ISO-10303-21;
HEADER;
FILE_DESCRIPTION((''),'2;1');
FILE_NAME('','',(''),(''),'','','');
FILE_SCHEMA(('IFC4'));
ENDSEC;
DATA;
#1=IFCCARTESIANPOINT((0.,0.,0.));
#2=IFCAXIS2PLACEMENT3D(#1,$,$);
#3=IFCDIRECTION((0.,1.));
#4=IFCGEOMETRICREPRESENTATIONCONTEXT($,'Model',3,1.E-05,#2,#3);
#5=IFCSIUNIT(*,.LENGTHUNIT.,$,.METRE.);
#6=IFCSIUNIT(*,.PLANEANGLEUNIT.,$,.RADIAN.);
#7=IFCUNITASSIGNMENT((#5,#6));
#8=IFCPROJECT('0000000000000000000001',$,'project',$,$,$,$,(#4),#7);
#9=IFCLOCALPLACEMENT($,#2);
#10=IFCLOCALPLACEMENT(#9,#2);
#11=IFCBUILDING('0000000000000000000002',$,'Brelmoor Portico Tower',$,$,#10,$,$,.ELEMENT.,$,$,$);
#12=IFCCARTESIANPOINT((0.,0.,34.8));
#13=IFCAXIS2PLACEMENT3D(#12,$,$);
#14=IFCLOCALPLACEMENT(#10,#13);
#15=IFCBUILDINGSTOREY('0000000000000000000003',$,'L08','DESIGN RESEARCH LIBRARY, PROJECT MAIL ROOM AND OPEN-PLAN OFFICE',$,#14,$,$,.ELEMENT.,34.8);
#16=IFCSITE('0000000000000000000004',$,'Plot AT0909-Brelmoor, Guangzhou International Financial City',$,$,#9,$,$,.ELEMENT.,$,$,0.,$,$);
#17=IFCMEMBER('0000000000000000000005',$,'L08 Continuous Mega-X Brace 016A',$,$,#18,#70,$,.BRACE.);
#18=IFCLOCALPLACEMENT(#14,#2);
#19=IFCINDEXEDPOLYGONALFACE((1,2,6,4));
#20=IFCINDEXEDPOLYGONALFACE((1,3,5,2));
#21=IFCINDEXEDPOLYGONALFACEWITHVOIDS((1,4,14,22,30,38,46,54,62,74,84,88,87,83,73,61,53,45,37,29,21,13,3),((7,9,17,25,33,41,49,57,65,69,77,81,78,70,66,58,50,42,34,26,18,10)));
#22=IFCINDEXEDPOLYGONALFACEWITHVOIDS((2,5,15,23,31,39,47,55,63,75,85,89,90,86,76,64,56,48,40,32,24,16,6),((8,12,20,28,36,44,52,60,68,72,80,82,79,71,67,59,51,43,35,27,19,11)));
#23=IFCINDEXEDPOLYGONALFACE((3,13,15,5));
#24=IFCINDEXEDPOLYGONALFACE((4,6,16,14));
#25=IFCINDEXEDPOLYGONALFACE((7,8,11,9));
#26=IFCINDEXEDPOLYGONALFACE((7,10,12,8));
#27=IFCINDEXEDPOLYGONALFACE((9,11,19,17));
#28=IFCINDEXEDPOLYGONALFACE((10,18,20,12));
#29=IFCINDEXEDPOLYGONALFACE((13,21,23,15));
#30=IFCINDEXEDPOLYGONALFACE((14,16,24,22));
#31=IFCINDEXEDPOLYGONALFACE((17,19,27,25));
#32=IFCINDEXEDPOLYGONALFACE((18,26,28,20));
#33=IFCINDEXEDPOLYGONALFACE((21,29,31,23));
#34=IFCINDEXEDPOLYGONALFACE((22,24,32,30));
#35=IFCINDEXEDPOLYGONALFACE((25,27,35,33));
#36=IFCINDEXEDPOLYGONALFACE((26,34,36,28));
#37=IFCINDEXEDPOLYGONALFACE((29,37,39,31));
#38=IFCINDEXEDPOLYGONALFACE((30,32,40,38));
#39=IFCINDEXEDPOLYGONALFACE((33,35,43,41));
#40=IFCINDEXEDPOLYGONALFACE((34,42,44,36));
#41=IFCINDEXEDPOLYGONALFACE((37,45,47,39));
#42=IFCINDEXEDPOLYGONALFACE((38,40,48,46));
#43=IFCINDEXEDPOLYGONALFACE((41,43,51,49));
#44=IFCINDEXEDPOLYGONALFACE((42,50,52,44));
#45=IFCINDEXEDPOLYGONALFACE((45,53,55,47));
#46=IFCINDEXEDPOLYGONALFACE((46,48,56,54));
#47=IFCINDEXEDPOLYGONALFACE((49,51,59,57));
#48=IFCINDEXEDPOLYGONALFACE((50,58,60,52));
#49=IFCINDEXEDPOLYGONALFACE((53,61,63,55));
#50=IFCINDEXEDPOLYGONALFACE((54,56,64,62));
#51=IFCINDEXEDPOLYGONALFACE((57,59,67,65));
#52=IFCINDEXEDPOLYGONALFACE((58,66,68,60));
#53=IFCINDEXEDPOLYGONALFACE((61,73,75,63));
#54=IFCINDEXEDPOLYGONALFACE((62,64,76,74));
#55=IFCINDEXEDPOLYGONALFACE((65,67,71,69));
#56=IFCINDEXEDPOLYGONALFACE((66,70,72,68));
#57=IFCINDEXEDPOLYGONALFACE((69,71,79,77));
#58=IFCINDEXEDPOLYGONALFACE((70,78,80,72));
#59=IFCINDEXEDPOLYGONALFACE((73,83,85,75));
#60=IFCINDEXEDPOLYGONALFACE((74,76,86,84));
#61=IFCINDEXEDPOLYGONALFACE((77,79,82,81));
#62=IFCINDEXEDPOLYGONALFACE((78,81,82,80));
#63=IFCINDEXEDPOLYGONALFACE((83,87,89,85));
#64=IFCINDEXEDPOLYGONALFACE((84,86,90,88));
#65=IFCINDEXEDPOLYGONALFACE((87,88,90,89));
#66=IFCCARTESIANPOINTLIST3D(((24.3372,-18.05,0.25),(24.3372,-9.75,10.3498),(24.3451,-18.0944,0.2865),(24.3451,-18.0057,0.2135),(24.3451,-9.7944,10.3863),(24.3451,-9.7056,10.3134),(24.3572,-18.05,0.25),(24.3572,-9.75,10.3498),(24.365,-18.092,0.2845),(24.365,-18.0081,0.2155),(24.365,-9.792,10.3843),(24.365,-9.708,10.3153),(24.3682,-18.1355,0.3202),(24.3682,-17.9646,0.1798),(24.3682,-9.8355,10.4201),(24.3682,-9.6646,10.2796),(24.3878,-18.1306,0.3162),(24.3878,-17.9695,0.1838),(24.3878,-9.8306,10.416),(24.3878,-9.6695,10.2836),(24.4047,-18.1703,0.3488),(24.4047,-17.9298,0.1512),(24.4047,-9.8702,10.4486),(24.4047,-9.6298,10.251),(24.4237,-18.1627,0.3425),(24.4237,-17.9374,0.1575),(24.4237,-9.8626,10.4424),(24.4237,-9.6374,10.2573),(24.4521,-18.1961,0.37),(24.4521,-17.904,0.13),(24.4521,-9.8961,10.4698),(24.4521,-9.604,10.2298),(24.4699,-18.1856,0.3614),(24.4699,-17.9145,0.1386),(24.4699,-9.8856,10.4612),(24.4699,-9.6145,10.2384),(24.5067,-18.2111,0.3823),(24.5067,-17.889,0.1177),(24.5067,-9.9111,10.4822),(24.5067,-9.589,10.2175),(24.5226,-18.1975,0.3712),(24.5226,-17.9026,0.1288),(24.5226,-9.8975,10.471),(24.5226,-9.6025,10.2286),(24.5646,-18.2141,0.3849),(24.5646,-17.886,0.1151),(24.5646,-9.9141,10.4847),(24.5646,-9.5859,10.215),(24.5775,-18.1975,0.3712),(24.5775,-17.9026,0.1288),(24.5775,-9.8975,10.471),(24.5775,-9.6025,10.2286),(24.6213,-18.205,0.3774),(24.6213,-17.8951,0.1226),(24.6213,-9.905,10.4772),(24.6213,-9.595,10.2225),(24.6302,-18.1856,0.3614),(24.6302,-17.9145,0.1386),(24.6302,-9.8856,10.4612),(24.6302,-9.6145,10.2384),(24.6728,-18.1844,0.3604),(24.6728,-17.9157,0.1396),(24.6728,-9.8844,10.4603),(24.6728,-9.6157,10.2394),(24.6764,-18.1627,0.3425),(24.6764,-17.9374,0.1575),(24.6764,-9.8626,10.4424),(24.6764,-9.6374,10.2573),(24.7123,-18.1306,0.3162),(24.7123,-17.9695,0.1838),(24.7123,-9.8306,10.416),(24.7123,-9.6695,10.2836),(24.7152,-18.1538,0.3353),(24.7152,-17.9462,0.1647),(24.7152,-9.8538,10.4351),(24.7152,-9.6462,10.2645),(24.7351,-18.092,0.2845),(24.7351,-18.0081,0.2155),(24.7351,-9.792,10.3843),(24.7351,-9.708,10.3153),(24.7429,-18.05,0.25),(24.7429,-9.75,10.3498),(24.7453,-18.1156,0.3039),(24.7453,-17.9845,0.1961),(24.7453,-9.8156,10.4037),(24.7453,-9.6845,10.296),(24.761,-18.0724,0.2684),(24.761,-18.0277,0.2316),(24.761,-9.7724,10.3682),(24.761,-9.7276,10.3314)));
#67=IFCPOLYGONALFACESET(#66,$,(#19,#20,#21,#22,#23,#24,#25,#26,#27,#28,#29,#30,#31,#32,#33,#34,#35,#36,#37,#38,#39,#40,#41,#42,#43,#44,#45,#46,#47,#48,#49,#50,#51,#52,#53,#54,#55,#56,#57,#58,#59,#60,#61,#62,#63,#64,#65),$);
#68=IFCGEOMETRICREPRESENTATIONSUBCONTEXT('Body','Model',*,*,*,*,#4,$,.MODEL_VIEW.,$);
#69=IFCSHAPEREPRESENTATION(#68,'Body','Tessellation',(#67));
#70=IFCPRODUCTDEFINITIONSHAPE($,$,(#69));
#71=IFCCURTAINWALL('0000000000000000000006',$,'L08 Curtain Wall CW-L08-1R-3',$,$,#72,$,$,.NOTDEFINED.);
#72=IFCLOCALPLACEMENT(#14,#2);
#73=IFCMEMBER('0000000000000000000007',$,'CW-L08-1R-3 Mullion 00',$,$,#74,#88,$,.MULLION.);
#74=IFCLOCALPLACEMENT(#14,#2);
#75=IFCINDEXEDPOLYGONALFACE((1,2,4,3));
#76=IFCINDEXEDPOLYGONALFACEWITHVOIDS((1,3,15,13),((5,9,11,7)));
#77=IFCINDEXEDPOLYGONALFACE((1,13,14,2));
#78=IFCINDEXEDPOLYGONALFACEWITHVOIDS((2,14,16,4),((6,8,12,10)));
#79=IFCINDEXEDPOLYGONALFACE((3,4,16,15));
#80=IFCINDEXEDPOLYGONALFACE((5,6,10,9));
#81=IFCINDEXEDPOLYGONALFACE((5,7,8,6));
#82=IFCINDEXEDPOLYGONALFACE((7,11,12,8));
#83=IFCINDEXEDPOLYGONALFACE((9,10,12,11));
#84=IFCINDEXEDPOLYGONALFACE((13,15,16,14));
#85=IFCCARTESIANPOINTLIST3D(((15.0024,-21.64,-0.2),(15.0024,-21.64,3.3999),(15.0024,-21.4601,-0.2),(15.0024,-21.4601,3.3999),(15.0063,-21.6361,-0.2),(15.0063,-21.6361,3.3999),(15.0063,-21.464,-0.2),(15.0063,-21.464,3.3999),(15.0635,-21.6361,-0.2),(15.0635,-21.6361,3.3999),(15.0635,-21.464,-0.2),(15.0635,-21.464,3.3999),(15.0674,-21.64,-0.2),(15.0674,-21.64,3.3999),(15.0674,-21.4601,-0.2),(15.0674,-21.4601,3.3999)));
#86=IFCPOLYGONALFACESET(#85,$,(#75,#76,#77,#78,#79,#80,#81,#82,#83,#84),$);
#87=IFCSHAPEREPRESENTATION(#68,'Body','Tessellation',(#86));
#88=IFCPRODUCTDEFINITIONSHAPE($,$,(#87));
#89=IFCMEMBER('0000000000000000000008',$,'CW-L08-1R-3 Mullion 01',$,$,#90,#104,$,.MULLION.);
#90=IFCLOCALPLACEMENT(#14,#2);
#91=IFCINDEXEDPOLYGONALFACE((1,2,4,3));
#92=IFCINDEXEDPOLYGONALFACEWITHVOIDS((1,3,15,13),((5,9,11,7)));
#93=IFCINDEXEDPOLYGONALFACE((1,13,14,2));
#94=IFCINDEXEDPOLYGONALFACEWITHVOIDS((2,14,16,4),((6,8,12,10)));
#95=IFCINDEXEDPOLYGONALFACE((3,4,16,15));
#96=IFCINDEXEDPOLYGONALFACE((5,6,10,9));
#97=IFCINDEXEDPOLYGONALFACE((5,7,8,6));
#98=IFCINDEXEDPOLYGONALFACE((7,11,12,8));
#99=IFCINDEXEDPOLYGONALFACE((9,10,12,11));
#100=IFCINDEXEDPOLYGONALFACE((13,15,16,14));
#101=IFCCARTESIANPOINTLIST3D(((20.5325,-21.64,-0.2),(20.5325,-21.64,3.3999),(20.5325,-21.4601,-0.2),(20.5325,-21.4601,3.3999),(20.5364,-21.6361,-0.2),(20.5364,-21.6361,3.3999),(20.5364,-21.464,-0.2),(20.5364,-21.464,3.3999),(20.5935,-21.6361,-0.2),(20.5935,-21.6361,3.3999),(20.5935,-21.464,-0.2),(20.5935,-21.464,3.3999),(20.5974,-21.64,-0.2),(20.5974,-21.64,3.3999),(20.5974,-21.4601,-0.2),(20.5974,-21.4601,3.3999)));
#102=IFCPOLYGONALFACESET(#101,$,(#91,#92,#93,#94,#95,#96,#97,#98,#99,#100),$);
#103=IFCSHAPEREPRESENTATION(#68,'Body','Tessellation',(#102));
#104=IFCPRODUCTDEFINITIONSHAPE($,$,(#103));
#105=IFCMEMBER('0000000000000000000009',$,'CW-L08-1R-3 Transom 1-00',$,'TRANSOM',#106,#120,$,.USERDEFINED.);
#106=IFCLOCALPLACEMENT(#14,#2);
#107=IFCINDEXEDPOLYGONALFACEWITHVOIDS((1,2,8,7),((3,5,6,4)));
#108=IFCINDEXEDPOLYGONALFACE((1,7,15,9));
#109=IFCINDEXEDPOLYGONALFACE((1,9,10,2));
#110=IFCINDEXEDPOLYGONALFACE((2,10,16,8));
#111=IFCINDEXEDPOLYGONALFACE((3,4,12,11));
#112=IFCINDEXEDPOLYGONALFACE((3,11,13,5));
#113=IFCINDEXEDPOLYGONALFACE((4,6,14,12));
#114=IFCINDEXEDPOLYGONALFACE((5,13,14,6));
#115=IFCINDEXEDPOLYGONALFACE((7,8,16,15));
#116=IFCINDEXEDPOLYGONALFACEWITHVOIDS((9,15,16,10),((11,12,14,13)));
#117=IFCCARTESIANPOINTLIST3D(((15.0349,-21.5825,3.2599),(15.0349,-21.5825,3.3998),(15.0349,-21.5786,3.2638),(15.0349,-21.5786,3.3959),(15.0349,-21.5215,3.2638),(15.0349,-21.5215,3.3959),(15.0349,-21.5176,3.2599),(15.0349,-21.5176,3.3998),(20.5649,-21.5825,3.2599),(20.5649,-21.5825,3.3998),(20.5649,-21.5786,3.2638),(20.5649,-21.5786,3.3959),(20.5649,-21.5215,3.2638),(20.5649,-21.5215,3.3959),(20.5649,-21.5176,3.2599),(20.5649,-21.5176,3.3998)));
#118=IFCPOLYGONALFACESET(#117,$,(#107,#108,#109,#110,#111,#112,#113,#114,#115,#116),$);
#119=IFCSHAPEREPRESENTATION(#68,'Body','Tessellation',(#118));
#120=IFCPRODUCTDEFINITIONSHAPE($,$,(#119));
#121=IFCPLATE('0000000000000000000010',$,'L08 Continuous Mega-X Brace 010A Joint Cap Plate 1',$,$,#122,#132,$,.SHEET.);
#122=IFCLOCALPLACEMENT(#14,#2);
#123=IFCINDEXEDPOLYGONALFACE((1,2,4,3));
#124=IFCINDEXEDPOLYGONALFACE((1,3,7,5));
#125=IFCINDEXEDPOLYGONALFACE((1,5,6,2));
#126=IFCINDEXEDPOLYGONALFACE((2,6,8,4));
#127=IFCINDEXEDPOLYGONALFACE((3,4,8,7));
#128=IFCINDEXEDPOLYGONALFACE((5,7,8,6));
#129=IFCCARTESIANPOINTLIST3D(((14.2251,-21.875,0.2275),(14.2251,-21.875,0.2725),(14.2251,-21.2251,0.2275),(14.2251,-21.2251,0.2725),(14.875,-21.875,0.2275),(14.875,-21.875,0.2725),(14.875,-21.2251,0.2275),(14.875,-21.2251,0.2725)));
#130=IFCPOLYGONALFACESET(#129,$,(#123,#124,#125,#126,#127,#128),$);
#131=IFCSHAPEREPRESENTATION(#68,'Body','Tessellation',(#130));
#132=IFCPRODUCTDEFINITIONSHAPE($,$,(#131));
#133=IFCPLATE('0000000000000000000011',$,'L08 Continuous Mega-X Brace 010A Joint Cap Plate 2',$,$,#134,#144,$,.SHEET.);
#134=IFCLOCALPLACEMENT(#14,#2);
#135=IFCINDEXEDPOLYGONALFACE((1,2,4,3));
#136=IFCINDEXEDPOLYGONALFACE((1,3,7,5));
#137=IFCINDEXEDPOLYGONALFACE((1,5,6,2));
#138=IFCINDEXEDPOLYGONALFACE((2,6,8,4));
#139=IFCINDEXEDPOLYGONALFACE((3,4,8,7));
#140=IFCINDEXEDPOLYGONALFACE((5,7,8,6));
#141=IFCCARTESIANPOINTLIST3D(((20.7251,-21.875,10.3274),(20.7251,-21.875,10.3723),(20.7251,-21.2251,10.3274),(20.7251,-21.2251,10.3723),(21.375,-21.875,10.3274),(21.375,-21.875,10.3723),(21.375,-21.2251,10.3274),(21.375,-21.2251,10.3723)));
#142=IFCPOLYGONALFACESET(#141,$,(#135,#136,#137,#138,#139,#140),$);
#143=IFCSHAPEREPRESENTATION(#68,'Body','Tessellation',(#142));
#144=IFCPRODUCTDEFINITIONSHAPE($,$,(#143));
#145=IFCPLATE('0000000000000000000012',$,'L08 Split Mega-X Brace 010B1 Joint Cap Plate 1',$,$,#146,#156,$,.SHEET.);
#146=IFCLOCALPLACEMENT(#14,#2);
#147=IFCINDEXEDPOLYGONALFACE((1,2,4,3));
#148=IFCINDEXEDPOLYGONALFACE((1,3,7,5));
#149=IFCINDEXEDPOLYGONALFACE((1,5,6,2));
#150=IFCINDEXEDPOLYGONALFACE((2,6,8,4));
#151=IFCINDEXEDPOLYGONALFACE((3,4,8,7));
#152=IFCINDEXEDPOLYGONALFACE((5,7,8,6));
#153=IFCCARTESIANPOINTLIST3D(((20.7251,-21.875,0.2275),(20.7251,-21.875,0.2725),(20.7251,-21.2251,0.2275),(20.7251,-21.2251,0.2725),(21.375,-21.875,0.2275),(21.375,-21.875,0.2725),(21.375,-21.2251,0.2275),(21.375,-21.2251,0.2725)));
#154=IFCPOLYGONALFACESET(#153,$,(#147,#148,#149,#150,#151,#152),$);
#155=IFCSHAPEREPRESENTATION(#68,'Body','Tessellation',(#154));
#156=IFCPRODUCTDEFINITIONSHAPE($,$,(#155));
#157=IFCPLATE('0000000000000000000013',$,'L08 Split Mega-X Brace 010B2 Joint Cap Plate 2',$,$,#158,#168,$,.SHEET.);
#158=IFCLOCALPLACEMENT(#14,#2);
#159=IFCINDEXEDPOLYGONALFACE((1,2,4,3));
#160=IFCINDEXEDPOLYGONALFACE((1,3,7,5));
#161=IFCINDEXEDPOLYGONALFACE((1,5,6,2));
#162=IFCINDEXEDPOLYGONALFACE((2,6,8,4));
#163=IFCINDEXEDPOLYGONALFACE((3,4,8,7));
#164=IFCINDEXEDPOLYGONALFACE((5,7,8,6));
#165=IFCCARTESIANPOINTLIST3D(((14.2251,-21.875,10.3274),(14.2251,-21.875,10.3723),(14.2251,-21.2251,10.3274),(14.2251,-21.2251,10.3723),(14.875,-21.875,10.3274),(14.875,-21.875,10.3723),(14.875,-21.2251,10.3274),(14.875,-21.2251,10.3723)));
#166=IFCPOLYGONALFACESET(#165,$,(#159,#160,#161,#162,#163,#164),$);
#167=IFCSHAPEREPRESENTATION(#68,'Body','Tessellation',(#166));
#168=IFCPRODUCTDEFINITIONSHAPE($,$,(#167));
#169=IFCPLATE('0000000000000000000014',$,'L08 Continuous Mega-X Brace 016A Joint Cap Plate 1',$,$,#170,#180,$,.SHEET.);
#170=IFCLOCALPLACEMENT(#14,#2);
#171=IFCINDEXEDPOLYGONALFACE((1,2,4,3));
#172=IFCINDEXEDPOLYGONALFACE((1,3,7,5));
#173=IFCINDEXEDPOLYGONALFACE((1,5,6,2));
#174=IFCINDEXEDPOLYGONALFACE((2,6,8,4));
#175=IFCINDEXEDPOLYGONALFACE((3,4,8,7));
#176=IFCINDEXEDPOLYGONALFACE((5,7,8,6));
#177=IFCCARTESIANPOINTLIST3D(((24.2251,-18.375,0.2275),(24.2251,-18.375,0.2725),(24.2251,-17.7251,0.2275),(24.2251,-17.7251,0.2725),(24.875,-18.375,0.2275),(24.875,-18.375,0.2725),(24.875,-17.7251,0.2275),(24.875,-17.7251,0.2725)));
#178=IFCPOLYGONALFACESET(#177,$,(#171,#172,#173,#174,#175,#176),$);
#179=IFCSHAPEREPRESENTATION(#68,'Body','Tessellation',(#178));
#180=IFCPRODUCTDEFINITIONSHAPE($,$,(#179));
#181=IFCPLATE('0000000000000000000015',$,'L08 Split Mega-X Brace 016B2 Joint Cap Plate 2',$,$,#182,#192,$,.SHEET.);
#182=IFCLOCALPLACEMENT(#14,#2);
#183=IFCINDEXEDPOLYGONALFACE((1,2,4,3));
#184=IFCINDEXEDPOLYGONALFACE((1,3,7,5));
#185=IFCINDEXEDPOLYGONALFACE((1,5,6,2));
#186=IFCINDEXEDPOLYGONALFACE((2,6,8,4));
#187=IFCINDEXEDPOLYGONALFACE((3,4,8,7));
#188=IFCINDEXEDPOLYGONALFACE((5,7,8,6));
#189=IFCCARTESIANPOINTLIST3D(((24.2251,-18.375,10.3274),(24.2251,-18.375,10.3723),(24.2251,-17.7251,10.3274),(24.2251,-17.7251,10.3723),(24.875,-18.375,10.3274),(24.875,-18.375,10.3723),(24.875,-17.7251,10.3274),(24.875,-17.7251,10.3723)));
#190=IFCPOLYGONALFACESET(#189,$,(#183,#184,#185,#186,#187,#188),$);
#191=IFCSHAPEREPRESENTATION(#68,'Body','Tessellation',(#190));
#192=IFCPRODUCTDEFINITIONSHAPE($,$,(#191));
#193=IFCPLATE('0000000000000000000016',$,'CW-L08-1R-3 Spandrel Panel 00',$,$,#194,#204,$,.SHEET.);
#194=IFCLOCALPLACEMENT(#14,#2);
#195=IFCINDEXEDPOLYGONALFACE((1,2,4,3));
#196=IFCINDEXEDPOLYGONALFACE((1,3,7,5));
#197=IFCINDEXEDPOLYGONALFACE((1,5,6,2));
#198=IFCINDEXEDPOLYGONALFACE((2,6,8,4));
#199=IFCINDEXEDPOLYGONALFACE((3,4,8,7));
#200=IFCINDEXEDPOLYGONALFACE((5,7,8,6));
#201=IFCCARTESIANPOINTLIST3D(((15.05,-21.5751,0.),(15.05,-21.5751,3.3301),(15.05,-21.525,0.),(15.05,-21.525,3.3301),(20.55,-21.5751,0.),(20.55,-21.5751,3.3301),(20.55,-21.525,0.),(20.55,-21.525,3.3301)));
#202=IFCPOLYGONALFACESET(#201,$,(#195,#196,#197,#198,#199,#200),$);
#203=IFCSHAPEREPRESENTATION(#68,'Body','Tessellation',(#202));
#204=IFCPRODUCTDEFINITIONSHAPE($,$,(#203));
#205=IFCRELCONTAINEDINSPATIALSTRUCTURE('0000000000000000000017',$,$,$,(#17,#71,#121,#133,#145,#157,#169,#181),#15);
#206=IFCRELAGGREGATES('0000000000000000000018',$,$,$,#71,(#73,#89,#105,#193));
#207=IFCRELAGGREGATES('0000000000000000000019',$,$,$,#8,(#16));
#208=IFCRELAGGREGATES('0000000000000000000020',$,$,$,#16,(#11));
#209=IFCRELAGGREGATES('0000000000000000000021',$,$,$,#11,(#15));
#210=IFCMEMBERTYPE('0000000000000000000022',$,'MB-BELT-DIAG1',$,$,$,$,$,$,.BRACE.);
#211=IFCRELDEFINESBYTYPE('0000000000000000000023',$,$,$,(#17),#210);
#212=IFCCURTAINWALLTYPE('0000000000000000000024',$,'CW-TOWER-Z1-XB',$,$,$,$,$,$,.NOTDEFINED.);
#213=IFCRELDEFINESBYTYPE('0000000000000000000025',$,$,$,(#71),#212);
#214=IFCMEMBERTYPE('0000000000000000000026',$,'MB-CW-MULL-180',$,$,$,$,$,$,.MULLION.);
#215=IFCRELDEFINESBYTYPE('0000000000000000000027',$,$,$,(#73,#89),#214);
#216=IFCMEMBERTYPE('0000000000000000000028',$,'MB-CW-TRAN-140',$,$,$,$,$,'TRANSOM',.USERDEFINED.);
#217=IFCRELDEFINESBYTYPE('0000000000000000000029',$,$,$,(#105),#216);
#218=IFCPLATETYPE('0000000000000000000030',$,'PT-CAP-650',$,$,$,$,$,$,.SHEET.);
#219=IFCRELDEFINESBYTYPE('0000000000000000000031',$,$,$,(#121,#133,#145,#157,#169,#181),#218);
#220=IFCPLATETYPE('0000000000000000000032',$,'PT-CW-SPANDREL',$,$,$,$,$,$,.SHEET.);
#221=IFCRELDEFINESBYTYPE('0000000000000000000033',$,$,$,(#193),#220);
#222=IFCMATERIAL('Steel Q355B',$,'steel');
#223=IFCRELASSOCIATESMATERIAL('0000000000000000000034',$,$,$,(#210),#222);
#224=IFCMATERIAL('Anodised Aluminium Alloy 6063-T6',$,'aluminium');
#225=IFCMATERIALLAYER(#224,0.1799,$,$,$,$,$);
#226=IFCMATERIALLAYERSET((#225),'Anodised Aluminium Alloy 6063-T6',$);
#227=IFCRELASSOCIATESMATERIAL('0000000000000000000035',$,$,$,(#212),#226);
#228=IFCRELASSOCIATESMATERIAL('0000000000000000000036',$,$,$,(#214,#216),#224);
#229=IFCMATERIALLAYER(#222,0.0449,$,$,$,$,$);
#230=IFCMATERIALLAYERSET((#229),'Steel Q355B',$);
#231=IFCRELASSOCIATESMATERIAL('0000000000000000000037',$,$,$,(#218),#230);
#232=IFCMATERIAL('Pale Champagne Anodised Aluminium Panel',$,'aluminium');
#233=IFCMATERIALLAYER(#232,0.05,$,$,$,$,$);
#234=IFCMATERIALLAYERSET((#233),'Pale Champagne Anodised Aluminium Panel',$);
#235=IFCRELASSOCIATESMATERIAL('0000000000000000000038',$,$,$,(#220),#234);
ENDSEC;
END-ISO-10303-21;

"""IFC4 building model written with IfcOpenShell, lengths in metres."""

from ifc_helpers import new_model, si_unit, direction, frame, origin, origin_2d, place, context, subcontext, project, spatial, rectangle, hollow_rectangle, hollow_circle, extrude, material, layer, layer_set, material_profile, profile_set, type_object, element, aggregate, save


model = new_model("IFC4")

# Units and contexts
model_context = context("Model", 3, precision=1e-05, world=origin(), true_north=direction((0.0, 1.0)))
body_context = subcontext(model_context, "Body", "Model", "MODEL_VIEW")
ifc_project = project(units=[si_unit("LENGTHUNIT", "METRE"), si_unit("PLANEANGLEUNIT", "RADIAN")], contexts=[model_context])

# Site, building, storey
site_placement = place(None, origin())
site = spatial("IfcSite", under=ifc_project, at=site_placement, Name="Plot AT0909-Brelmoor, Guangzhou International Financial City", CompositionType="ELEMENT", RefElevation=0.0)
building_placement = place(site_placement, origin())
building = spatial("IfcBuilding", under=site, at=building_placement, Name="Brelmoor Portico Tower", CompositionType="ELEMENT")
storey_placement = place(building_placement, frame((0.0, 0.0, 34.8)))
storey = spatial("IfcBuildingStorey", under=building, at=storey_placement, Name="L08", Description="DESIGN RESEARCH LIBRARY, PROJECT MAIL ROOM AND OPEN-PLAN OFFICE", CompositionType="ELEMENT", Elevation=34.8)

# Shared definitions
ifc_material_1 = material(Name="Steel Q355B", Category="steel")

# Member
ifc_material_profile_1 = material_profile(ifc_material_1, hollow_circle(Radius=0.2129, WallThickness=0.02, at=origin_2d()), Name="CHS 426x20")
ifc_profile_set_1 = profile_set([ifc_material_profile_1], Name="Steel Q355B")
member_type_1 = type_object("IfcMemberType", Name="MB-BELT-DIAG1", PredefinedType="BRACE", material=ifc_profile_set_1)
member_1_placement = place(storey_placement, frame((24.55, -18.05, 0.25), z_axis=(0.0, 0.63491, 0.772586), x_axis=(-1.0, 0.0, 0.0)))
element("IfcMember", 1, at=member_1_placement, inside=storey, type_object=member_type_1, Name="L08 Continuous Mega-X Brace 016A", PredefinedType="BRACE", context=body_context, shape_type="SweptSolid", body=[
    extrude(hollow_circle(Radius=0.2129, WallThickness=0.02, at=origin_2d()), origin(), (0.0, 0.0, 1.0), 13.0728),
])

# Curtain wall, members
ifc_material_2 = material(Name="Anodised Aluminium Alloy 6063-T6", Category="aluminium")
ifc_layer_1 = layer(ifc_material_2, 0.1799)
ifc_layer_set_1 = layer_set([ifc_layer_1], Name="Anodised Aluminium Alloy 6063-T6")
curtain_wall_type = type_object("IfcCurtainWallType", Name="CW-TOWER-Z1-XB", PredefinedType="NOTDEFINED", material=ifc_layer_set_1)
curtain_wall_placement = place(storey_placement, origin())
curtain_wall = element("IfcCurtainWall", 2, at=curtain_wall_placement, inside=storey, type_object=curtain_wall_type, Name="L08 Curtain Wall CW-L08-1R-3", PredefinedType="NOTDEFINED")
ifc_material_profile_2 = material_profile(ifc_material_2, hollow_rectangle(XDim=0.0649, YDim=0.1799, WallThickness=0.0039, at=origin_2d()), Name="ALU MULLION 65x180")
ifc_profile_set_2 = profile_set([ifc_material_profile_2], Name="Anodised Aluminium Alloy 6063-T6")
member_type_2 = type_object("IfcMemberType", Name="MB-CW-MULL-180", PredefinedType="MULLION", material=ifc_profile_set_2)
member_2_placement = place(storey_placement, frame((15.0349, -21.55, -0.2), z_axis=(0.0, 0.0, 1.0), x_axis=(1.0, 0.0, 0.0)))
member_2 = element("IfcMember", 3, at=member_2_placement, type_object=member_type_2, Name="CW-L08-1R-3 Mullion 00", PredefinedType="MULLION", context=body_context, shape_type="SweptSolid", body=[
    extrude(hollow_rectangle(XDim=0.0649, YDim=0.1799, WallThickness=0.0039, at=origin_2d()), origin(), (0.0, 0.0, 1.0), 3.5999),
])
member_3_placement = place(storey_placement, frame((20.5649, -21.55, -0.2), z_axis=(0.0, 0.0, 1.0), x_axis=(1.0, 0.0, 0.0)))
member_3 = element("IfcMember", 4, at=member_3_placement, type_object=member_type_2, Name="CW-L08-1R-3 Mullion 01", PredefinedType="MULLION", context=body_context, shape_type="SweptSolid", body=[
    extrude(hollow_rectangle(XDim=0.0649, YDim=0.1799, WallThickness=0.0039, at=origin_2d()), origin(), (0.0, 0.0, 1.0), 3.5999),
])
ifc_material_profile_3 = material_profile(ifc_material_2, hollow_rectangle(XDim=0.0649, YDim=0.1399, WallThickness=0.0039, at=origin_2d()), Name="ALU TRANSOM 65x140")
ifc_profile_set_3 = profile_set([ifc_material_profile_3], Name="Anodised Aluminium Alloy 6063-T6")
member_type_3 = type_object("IfcMemberType", Name="MB-CW-TRAN-140", ElementType="TRANSOM", PredefinedType="USERDEFINED", material=ifc_profile_set_3)
member_4_placement = place(storey_placement, frame((15.0349, -21.55, 3.3298), z_axis=(1.0, 0.0, 0.0), x_axis=(0.0, 1.0, 0.0)))
member_4 = element("IfcMember", 5, at=member_4_placement, type_object=member_type_3, Name="CW-L08-1R-3 Transom 1-00", ObjectType="TRANSOM", PredefinedType="USERDEFINED", context=body_context, shape_type="SweptSolid", body=[
    extrude(hollow_rectangle(XDim=0.0649, YDim=0.1399, WallThickness=0.0039, at=origin_2d()), origin(), (0.0, 0.0, 1.0), 5.53),
])

# Plates
ifc_layer_2 = layer(ifc_material_1, 0.0449)
ifc_layer_set_2 = layer_set([ifc_layer_2], Name="Steel Q355B")
plate_type_1 = type_object("IfcPlateType", Name="PT-CAP-650", PredefinedType="SHEET", material=ifc_layer_set_2)
for number, where, z_axis, x_axis, name in (
    (6, (14.55, -21.55, 0.2275), (0.0, 0.0, 1.0), (1.0, 0.0, 0.0), "L08 Continuous Mega-X Brace 010A Joint Cap Plate 1"),
    (7, (21.05, -21.55, 10.3274), (0.0, 0.0, 1.0), (1.0, 0.0, 0.0), "L08 Continuous Mega-X Brace 010A Joint Cap Plate 2"),
    (8, (21.05, -21.55, 0.2275), (0.0, 0.0, 1.0), (1.0, 0.0, 0.0), "L08 Split Mega-X Brace 010B1 Joint Cap Plate 1"),
    (9, (14.55, -21.55, 10.3274), (0.0, 0.0, 1.0), (1.0, 0.0, 0.0), "L08 Split Mega-X Brace 010B2 Joint Cap Plate 2"),
    (10, (24.55, -18.05, 0.2275), (0.0, 0.0, 1.0), (1.0, 0.0, 0.0), "L08 Continuous Mega-X Brace 016A Joint Cap Plate 1"),
    (11, (24.55, -18.05, 10.3274), (0.0, 0.0, 1.0), (1.0, 0.0, 0.0), "L08 Split Mega-X Brace 016B2 Joint Cap Plate 2"),
):
    element("IfcPlate", number, at=place(storey_placement, frame(where, z_axis=z_axis, x_axis=x_axis)), inside=storey, type_object=plate_type_1, Name=name, PredefinedType="SHEET", context=body_context, shape_type="SweptSolid", body=[
        extrude(rectangle(XDim=0.6499, YDim=0.6499, at=origin_2d()), origin(), (0.0, 0.0, 1.0), 0.0449),
    ])

# Plate
ifc_material_3 = material(Name="Pale Champagne Anodised Aluminium Panel", Category="aluminium")
ifc_layer_3 = layer(ifc_material_3, 0.05)
ifc_layer_set_3 = layer_set([ifc_layer_3], Name="Pale Champagne Anodised Aluminium Panel")
plate_type_2 = type_object("IfcPlateType", Name="PT-CW-SPANDREL", PredefinedType="SHEET", material=ifc_layer_set_3)
plate_1_placement = place(storey_placement, frame((17.8, -21.55, 0.0), z_axis=(0.0, 0.0, 1.0), x_axis=(1.0, 0.0, 0.0)))
plate_1 = element("IfcPlate", 12, at=plate_1_placement, type_object=plate_type_2, Name="CW-L08-1R-3 Spandrel Panel 00", PredefinedType="SHEET", context=body_context, shape_type="SweptSolid", body=[
    extrude(rectangle(XDim=5.5, YDim=0.05, at=origin_2d()), origin(), (0.0, 0.0, 1.0), 3.3301),
])
aggregate(curtain_wall, [member_2, member_3, member_4, plate_1])

save(model, "model.ifc")
